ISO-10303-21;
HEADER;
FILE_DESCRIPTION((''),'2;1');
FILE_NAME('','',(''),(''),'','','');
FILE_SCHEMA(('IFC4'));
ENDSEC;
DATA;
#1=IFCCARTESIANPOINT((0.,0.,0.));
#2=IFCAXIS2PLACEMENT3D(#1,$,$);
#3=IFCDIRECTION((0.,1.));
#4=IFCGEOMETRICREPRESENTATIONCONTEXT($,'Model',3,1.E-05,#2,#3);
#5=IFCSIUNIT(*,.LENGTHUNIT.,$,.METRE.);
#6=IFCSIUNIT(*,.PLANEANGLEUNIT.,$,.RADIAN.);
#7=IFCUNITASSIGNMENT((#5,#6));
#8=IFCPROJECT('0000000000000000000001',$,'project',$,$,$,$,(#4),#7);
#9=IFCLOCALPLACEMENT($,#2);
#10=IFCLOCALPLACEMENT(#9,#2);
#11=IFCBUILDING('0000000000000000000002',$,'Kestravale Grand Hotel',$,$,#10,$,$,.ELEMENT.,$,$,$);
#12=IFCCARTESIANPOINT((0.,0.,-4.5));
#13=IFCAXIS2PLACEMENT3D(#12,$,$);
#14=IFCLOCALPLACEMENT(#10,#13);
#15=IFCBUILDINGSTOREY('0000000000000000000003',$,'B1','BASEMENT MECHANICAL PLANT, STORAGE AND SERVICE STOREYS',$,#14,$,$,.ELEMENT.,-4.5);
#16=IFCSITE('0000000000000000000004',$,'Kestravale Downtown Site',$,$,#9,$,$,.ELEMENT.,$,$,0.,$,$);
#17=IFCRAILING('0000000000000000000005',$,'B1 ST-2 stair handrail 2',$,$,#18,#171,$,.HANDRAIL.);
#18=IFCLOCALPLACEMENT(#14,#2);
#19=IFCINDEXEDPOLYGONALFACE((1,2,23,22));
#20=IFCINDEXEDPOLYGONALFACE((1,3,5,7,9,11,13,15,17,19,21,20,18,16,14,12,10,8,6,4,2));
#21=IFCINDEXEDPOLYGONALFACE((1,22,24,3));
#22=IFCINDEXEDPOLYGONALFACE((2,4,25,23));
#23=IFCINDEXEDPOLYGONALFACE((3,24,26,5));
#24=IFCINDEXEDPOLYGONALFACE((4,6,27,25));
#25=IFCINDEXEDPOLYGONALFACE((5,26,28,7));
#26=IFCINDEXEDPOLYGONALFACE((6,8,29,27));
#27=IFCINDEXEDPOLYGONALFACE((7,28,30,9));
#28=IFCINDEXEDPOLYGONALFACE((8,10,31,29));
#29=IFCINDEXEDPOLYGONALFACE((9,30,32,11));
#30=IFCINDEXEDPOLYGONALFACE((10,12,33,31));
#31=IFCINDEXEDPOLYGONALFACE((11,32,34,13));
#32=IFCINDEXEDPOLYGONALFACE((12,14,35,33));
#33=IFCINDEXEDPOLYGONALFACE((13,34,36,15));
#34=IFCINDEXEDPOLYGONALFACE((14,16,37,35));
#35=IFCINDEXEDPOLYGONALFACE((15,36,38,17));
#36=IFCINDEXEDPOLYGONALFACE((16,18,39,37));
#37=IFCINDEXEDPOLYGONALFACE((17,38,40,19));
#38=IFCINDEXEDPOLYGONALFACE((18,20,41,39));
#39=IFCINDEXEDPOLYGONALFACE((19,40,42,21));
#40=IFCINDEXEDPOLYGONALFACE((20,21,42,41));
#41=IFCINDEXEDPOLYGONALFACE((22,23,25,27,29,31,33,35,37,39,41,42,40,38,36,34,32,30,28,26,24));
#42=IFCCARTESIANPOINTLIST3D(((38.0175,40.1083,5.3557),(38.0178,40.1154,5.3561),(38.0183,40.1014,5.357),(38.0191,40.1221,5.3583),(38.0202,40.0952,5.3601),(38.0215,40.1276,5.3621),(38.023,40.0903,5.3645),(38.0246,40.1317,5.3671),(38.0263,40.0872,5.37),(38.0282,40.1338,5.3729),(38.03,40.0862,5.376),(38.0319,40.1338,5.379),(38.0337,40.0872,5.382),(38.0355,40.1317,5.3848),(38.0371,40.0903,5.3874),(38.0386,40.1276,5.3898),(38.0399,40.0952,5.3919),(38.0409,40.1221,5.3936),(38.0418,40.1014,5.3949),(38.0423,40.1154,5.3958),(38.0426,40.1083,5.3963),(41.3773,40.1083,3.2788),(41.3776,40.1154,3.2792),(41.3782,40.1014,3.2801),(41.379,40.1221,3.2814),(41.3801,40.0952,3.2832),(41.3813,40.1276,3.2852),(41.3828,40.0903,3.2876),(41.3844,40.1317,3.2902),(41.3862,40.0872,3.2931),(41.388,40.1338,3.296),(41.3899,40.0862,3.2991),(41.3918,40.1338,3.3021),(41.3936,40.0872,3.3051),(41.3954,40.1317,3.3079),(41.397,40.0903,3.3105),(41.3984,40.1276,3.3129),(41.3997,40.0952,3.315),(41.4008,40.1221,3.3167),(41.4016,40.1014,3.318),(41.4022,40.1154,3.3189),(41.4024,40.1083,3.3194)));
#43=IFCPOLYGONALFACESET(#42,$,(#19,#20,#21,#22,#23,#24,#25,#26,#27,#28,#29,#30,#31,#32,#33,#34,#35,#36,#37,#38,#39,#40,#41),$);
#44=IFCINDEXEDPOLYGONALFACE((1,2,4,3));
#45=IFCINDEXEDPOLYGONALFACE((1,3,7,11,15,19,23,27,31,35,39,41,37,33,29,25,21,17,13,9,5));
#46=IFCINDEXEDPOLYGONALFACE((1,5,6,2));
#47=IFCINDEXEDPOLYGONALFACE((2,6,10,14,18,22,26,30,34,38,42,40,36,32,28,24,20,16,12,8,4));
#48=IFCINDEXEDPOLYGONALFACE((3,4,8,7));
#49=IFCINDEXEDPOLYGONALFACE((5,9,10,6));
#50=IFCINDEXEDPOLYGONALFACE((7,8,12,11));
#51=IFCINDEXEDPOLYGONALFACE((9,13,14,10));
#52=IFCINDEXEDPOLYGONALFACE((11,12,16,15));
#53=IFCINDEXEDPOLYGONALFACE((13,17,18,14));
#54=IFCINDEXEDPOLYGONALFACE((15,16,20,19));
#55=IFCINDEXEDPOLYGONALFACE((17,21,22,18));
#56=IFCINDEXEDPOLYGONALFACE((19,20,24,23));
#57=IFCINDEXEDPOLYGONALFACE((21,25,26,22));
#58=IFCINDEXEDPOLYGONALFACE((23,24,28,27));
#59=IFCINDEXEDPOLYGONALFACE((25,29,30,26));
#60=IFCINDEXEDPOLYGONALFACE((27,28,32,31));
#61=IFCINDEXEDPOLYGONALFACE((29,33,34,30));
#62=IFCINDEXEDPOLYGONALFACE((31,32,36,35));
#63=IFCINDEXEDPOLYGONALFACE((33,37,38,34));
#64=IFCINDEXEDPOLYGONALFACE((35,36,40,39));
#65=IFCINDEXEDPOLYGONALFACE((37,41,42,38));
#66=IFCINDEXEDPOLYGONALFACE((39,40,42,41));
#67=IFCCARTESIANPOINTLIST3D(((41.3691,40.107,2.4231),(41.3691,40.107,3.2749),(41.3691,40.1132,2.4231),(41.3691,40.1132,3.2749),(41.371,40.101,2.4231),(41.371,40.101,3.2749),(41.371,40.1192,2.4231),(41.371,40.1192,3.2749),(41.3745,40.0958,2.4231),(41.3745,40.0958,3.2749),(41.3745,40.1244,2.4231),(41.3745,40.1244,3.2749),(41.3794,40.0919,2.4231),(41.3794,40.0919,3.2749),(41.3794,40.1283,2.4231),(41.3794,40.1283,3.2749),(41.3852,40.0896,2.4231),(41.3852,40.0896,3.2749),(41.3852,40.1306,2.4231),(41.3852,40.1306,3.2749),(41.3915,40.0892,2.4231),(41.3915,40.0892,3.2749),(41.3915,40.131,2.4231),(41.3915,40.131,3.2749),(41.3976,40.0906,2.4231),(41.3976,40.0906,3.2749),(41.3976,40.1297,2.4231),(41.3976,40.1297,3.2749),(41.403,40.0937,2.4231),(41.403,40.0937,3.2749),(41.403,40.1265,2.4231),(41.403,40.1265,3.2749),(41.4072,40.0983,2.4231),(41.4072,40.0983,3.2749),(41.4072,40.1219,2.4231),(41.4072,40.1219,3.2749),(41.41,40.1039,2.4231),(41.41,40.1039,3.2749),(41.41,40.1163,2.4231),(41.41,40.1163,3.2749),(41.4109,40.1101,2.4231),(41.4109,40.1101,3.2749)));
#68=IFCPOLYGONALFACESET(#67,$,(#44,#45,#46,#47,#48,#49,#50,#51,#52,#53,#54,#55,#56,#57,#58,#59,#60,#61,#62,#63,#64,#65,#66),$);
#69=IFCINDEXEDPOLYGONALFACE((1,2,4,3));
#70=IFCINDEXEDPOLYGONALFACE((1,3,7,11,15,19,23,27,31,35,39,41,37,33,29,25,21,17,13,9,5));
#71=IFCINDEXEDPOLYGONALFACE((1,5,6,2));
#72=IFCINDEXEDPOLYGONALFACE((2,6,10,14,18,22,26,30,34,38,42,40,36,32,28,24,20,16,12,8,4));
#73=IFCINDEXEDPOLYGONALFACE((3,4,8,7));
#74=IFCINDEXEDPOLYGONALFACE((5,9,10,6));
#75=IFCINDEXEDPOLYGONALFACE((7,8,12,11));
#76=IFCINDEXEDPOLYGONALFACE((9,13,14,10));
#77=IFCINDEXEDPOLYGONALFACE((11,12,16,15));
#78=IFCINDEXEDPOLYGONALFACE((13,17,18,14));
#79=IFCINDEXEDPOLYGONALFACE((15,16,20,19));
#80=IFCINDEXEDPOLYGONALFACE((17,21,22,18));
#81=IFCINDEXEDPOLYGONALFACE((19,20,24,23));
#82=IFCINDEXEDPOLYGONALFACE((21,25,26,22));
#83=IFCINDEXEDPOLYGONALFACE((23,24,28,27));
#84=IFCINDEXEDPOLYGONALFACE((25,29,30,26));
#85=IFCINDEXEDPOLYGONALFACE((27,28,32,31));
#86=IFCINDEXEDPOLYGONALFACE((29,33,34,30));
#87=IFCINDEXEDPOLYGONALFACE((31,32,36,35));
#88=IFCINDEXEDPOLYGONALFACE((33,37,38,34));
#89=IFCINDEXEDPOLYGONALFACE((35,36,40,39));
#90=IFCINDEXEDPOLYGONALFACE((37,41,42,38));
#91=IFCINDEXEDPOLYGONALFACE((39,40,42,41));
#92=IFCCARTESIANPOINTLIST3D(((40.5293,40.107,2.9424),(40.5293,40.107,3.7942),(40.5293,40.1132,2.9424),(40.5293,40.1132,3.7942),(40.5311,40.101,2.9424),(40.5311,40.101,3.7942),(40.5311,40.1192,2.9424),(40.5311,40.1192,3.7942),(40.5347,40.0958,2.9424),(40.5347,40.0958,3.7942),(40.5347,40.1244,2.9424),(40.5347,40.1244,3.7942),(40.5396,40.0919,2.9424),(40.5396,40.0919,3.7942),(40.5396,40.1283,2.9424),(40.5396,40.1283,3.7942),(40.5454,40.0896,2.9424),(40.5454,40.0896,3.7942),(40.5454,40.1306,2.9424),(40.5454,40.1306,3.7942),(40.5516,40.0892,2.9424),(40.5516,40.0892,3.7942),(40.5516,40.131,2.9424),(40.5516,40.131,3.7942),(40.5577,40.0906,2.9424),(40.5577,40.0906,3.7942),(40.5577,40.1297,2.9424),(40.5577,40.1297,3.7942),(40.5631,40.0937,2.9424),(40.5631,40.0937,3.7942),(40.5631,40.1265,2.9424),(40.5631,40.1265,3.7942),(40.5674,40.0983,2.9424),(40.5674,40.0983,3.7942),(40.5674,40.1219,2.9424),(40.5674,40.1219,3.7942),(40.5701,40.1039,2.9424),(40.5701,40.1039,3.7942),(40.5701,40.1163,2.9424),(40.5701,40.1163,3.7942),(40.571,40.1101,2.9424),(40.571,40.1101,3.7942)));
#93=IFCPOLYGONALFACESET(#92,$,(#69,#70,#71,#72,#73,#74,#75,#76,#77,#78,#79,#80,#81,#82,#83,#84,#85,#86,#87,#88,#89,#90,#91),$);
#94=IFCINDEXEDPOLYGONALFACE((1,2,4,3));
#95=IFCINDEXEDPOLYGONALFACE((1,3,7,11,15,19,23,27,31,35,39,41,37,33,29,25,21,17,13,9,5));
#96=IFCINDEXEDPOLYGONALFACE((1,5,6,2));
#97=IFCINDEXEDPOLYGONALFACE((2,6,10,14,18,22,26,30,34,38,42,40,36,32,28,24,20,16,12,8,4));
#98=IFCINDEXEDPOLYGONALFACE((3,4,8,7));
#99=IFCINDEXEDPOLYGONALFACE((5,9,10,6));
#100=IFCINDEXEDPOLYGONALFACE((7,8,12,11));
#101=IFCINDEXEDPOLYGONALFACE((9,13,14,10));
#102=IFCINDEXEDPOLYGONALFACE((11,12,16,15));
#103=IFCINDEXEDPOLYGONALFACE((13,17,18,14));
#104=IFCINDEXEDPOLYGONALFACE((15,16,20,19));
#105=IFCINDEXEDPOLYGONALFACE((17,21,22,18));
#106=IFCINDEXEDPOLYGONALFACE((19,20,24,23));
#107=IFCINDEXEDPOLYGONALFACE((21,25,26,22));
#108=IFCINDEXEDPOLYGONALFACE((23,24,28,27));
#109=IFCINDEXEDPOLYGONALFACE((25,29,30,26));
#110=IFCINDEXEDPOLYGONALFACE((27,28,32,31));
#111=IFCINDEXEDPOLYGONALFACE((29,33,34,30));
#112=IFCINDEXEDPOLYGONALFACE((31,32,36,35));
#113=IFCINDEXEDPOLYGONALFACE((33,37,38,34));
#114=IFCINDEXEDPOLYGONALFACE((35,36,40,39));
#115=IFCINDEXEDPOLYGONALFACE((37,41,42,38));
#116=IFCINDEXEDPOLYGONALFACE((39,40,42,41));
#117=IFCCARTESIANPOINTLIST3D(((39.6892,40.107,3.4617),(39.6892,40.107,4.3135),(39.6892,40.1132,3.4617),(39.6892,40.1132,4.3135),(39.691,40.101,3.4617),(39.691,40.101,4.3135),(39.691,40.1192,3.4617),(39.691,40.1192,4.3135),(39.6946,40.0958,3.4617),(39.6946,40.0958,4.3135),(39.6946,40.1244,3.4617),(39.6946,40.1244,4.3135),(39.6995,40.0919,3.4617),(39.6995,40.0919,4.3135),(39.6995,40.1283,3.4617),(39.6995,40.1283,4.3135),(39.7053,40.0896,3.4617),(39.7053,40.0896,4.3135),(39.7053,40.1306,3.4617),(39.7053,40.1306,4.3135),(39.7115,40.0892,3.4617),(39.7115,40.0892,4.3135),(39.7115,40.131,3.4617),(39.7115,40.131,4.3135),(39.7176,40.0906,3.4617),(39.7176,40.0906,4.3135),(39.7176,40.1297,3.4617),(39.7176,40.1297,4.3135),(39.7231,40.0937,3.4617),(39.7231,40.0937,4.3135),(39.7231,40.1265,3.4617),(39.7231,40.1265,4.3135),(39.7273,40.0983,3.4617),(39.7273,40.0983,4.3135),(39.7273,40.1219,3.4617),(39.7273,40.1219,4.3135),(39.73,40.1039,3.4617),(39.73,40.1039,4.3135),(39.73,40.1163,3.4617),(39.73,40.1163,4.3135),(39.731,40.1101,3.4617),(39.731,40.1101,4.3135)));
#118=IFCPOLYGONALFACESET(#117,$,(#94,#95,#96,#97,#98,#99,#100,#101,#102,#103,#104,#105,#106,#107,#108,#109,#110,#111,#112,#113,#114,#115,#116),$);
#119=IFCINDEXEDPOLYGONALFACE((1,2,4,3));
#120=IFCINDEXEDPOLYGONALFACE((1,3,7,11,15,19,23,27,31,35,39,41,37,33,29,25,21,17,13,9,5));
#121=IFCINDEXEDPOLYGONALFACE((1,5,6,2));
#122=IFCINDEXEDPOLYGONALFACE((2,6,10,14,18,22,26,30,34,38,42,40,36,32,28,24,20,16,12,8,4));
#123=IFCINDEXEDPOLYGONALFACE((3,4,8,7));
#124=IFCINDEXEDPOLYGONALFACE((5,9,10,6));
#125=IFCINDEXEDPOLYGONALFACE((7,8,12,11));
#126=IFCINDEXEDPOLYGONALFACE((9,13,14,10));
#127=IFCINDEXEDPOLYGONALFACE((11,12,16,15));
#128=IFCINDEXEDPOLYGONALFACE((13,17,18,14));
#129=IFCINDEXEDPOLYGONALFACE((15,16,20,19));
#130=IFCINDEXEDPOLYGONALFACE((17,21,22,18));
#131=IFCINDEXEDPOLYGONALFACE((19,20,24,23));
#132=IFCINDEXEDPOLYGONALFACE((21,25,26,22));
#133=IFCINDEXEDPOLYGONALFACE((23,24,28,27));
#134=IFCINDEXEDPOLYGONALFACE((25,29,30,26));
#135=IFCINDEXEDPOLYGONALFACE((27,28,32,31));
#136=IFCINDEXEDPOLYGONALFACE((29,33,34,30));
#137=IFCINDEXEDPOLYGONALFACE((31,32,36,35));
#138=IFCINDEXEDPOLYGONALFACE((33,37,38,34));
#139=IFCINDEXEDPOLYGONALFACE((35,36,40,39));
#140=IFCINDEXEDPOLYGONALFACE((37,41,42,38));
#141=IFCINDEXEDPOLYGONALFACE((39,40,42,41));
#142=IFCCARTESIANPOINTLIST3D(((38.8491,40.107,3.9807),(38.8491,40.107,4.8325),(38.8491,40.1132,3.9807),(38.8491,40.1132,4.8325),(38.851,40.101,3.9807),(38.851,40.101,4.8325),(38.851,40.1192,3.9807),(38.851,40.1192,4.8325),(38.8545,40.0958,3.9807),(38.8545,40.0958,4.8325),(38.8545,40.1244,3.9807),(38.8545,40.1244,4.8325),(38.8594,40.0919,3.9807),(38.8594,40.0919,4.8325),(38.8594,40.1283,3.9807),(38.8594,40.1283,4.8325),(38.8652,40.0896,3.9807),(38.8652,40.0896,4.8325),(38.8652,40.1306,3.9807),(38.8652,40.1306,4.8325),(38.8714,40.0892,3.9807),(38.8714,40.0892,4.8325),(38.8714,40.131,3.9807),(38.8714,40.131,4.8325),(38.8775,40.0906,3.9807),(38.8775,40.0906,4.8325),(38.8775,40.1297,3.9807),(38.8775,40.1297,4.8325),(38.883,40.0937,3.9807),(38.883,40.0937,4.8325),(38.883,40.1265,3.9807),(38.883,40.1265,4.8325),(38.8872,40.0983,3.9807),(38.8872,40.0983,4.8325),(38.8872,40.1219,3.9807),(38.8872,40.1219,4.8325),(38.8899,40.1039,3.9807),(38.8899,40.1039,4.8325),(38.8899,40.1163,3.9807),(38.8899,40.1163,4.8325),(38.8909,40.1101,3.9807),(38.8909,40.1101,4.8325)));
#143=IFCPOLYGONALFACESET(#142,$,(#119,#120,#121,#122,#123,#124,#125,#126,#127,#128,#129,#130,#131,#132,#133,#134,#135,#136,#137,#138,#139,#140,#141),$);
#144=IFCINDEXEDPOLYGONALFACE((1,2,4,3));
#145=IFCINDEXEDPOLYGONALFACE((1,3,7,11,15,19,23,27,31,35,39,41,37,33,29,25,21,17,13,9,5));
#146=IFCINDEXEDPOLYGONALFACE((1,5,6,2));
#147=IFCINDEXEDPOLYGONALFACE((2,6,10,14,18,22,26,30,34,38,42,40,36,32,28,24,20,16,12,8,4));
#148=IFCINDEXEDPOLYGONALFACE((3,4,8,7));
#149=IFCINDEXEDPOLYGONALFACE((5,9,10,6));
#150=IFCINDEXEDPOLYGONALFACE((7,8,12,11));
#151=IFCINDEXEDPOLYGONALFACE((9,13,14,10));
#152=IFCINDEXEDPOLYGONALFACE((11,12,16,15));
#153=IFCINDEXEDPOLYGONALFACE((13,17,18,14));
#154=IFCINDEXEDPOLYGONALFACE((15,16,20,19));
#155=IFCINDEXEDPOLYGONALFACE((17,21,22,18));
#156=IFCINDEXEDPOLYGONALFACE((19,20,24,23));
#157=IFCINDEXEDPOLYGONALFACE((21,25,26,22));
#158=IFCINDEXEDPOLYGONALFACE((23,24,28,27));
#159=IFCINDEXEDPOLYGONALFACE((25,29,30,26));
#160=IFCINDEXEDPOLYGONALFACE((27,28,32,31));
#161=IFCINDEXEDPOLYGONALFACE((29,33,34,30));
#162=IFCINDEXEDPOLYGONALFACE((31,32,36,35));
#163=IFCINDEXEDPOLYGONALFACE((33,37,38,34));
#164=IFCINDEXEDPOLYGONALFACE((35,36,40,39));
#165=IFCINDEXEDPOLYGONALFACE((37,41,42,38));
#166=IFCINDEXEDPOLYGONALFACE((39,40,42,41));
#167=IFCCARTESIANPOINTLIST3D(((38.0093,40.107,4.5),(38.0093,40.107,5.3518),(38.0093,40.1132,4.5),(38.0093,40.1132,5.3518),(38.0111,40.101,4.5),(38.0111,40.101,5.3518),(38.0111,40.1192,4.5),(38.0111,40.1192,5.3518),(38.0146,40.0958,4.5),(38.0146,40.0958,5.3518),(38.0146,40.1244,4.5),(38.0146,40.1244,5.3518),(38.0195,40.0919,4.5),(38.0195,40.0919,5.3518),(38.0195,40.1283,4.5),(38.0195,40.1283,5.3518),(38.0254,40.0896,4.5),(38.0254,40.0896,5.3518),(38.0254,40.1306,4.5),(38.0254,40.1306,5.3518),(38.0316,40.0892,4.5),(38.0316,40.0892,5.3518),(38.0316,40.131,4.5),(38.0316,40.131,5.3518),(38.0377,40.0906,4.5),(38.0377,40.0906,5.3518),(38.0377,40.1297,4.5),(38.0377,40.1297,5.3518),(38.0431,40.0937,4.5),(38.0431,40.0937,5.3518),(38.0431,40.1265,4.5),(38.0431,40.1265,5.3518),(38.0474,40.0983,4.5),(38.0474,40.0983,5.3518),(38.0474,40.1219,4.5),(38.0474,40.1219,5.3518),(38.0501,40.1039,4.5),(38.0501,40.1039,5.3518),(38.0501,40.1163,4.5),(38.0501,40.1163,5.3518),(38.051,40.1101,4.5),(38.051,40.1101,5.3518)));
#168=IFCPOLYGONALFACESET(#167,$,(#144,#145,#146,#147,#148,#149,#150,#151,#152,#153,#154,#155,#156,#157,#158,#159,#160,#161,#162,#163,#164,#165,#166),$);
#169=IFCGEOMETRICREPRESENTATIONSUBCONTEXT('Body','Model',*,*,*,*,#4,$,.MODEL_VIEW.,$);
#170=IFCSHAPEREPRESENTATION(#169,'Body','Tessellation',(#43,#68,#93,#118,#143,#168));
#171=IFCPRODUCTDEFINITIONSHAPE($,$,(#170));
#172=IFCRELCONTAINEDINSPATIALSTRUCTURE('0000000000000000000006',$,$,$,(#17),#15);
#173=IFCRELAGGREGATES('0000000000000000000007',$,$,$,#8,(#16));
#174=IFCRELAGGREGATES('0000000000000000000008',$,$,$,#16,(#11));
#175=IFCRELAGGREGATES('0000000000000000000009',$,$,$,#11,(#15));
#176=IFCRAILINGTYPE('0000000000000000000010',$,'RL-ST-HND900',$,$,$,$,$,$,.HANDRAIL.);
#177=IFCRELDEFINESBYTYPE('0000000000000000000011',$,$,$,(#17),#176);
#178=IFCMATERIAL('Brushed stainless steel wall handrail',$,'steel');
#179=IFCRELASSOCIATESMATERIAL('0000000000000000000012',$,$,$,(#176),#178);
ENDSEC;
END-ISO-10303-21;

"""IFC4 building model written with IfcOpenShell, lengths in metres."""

from ifc_helpers import new_model, si_unit, direction, frame, origin, origin_2d, place, context, subcontext, project, spatial, circle, extrude, material, type_object, element, save


model = new_model("IFC4")

# Units and contexts
model_context = context("Model", 3, precision=1e-05, world=origin(), true_north=direction((0.0, 1.0)))
body_context = subcontext(model_context, "Body", "Model", "MODEL_VIEW")
ifc_project = project(units=[si_unit("LENGTHUNIT", "METRE"), si_unit("PLANEANGLEUNIT", "RADIAN")], contexts=[model_context])

# Site, building, storey
site_placement = place(None, origin())
site = spatial("IfcSite", under=ifc_project, at=site_placement, Name="Kestravale Downtown Site", CompositionType="ELEMENT", RefElevation=0.0)
building_placement = place(site_placement, origin())
building = spatial("IfcBuilding", under=site, at=building_placement, Name="Kestravale Grand Hotel", CompositionType="ELEMENT")
storey_placement = place(building_placement, frame((0.0, 0.0, -4.5)))
storey = spatial("IfcBuildingStorey", under=building, at=storey_placement, Name="B1", Description="BASEMENT MECHANICAL PLANT, STORAGE AND SERVICE STOREYS", CompositionType="ELEMENT", Elevation=-4.5)

# Railing
ifc_material_1 = material(Name="Brushed stainless steel wall handrail", Category="steel")
railing_type_1 = type_object("IfcRailingType", Name="RL-ST-HND900", PredefinedType="HANDRAIL", material=ifc_material_1)
railing_1_placement = place(storey_placement, frame((41.3899, 40.1101, 2.4231)))
element("IfcRailing", 1, at=railing_1_placement, inside=storey, type_object=railing_type_1, Name="B1 ST-2 stair handrail 2", PredefinedType="HANDRAIL", context=body_context, shape_type="SweptSolid", body=[
    extrude(circle(Radius=0.0239, at=origin_2d()), frame((0.0, 0.0, 0.876), z_axis=(-0.850606, 0.0, 0.525803), x_axis=(0.0, -1.0, 0.0)), (0.0, 0.0, 1.0), 3.95),
    extrude(circle(Radius=0.021, at=origin_2d()), origin(), (0.0, 0.0, 1.0), 0.8518),
    extrude(circle(Radius=0.021, at=origin_2d()), frame((-0.8398, 0.0, 0.5193)), (0.0, 0.0, 1.0), 0.8518),
    extrude(circle(Radius=0.021, at=origin_2d()), frame((-1.6799, 0.0, 1.0386)), (0.0, 0.0, 1.0), 0.8518),
    extrude(circle(Radius=0.021, at=origin_2d()), frame((-2.52, 0.0, 1.5576)), (0.0, 0.0, 1.0), 0.8518),
    extrude(circle(Radius=0.021, at=origin_2d()), frame((-3.3599, 0.0, 2.0769)), (0.0, 0.0, 1.0), 0.8518),
])

save(model, "model.ifc")
